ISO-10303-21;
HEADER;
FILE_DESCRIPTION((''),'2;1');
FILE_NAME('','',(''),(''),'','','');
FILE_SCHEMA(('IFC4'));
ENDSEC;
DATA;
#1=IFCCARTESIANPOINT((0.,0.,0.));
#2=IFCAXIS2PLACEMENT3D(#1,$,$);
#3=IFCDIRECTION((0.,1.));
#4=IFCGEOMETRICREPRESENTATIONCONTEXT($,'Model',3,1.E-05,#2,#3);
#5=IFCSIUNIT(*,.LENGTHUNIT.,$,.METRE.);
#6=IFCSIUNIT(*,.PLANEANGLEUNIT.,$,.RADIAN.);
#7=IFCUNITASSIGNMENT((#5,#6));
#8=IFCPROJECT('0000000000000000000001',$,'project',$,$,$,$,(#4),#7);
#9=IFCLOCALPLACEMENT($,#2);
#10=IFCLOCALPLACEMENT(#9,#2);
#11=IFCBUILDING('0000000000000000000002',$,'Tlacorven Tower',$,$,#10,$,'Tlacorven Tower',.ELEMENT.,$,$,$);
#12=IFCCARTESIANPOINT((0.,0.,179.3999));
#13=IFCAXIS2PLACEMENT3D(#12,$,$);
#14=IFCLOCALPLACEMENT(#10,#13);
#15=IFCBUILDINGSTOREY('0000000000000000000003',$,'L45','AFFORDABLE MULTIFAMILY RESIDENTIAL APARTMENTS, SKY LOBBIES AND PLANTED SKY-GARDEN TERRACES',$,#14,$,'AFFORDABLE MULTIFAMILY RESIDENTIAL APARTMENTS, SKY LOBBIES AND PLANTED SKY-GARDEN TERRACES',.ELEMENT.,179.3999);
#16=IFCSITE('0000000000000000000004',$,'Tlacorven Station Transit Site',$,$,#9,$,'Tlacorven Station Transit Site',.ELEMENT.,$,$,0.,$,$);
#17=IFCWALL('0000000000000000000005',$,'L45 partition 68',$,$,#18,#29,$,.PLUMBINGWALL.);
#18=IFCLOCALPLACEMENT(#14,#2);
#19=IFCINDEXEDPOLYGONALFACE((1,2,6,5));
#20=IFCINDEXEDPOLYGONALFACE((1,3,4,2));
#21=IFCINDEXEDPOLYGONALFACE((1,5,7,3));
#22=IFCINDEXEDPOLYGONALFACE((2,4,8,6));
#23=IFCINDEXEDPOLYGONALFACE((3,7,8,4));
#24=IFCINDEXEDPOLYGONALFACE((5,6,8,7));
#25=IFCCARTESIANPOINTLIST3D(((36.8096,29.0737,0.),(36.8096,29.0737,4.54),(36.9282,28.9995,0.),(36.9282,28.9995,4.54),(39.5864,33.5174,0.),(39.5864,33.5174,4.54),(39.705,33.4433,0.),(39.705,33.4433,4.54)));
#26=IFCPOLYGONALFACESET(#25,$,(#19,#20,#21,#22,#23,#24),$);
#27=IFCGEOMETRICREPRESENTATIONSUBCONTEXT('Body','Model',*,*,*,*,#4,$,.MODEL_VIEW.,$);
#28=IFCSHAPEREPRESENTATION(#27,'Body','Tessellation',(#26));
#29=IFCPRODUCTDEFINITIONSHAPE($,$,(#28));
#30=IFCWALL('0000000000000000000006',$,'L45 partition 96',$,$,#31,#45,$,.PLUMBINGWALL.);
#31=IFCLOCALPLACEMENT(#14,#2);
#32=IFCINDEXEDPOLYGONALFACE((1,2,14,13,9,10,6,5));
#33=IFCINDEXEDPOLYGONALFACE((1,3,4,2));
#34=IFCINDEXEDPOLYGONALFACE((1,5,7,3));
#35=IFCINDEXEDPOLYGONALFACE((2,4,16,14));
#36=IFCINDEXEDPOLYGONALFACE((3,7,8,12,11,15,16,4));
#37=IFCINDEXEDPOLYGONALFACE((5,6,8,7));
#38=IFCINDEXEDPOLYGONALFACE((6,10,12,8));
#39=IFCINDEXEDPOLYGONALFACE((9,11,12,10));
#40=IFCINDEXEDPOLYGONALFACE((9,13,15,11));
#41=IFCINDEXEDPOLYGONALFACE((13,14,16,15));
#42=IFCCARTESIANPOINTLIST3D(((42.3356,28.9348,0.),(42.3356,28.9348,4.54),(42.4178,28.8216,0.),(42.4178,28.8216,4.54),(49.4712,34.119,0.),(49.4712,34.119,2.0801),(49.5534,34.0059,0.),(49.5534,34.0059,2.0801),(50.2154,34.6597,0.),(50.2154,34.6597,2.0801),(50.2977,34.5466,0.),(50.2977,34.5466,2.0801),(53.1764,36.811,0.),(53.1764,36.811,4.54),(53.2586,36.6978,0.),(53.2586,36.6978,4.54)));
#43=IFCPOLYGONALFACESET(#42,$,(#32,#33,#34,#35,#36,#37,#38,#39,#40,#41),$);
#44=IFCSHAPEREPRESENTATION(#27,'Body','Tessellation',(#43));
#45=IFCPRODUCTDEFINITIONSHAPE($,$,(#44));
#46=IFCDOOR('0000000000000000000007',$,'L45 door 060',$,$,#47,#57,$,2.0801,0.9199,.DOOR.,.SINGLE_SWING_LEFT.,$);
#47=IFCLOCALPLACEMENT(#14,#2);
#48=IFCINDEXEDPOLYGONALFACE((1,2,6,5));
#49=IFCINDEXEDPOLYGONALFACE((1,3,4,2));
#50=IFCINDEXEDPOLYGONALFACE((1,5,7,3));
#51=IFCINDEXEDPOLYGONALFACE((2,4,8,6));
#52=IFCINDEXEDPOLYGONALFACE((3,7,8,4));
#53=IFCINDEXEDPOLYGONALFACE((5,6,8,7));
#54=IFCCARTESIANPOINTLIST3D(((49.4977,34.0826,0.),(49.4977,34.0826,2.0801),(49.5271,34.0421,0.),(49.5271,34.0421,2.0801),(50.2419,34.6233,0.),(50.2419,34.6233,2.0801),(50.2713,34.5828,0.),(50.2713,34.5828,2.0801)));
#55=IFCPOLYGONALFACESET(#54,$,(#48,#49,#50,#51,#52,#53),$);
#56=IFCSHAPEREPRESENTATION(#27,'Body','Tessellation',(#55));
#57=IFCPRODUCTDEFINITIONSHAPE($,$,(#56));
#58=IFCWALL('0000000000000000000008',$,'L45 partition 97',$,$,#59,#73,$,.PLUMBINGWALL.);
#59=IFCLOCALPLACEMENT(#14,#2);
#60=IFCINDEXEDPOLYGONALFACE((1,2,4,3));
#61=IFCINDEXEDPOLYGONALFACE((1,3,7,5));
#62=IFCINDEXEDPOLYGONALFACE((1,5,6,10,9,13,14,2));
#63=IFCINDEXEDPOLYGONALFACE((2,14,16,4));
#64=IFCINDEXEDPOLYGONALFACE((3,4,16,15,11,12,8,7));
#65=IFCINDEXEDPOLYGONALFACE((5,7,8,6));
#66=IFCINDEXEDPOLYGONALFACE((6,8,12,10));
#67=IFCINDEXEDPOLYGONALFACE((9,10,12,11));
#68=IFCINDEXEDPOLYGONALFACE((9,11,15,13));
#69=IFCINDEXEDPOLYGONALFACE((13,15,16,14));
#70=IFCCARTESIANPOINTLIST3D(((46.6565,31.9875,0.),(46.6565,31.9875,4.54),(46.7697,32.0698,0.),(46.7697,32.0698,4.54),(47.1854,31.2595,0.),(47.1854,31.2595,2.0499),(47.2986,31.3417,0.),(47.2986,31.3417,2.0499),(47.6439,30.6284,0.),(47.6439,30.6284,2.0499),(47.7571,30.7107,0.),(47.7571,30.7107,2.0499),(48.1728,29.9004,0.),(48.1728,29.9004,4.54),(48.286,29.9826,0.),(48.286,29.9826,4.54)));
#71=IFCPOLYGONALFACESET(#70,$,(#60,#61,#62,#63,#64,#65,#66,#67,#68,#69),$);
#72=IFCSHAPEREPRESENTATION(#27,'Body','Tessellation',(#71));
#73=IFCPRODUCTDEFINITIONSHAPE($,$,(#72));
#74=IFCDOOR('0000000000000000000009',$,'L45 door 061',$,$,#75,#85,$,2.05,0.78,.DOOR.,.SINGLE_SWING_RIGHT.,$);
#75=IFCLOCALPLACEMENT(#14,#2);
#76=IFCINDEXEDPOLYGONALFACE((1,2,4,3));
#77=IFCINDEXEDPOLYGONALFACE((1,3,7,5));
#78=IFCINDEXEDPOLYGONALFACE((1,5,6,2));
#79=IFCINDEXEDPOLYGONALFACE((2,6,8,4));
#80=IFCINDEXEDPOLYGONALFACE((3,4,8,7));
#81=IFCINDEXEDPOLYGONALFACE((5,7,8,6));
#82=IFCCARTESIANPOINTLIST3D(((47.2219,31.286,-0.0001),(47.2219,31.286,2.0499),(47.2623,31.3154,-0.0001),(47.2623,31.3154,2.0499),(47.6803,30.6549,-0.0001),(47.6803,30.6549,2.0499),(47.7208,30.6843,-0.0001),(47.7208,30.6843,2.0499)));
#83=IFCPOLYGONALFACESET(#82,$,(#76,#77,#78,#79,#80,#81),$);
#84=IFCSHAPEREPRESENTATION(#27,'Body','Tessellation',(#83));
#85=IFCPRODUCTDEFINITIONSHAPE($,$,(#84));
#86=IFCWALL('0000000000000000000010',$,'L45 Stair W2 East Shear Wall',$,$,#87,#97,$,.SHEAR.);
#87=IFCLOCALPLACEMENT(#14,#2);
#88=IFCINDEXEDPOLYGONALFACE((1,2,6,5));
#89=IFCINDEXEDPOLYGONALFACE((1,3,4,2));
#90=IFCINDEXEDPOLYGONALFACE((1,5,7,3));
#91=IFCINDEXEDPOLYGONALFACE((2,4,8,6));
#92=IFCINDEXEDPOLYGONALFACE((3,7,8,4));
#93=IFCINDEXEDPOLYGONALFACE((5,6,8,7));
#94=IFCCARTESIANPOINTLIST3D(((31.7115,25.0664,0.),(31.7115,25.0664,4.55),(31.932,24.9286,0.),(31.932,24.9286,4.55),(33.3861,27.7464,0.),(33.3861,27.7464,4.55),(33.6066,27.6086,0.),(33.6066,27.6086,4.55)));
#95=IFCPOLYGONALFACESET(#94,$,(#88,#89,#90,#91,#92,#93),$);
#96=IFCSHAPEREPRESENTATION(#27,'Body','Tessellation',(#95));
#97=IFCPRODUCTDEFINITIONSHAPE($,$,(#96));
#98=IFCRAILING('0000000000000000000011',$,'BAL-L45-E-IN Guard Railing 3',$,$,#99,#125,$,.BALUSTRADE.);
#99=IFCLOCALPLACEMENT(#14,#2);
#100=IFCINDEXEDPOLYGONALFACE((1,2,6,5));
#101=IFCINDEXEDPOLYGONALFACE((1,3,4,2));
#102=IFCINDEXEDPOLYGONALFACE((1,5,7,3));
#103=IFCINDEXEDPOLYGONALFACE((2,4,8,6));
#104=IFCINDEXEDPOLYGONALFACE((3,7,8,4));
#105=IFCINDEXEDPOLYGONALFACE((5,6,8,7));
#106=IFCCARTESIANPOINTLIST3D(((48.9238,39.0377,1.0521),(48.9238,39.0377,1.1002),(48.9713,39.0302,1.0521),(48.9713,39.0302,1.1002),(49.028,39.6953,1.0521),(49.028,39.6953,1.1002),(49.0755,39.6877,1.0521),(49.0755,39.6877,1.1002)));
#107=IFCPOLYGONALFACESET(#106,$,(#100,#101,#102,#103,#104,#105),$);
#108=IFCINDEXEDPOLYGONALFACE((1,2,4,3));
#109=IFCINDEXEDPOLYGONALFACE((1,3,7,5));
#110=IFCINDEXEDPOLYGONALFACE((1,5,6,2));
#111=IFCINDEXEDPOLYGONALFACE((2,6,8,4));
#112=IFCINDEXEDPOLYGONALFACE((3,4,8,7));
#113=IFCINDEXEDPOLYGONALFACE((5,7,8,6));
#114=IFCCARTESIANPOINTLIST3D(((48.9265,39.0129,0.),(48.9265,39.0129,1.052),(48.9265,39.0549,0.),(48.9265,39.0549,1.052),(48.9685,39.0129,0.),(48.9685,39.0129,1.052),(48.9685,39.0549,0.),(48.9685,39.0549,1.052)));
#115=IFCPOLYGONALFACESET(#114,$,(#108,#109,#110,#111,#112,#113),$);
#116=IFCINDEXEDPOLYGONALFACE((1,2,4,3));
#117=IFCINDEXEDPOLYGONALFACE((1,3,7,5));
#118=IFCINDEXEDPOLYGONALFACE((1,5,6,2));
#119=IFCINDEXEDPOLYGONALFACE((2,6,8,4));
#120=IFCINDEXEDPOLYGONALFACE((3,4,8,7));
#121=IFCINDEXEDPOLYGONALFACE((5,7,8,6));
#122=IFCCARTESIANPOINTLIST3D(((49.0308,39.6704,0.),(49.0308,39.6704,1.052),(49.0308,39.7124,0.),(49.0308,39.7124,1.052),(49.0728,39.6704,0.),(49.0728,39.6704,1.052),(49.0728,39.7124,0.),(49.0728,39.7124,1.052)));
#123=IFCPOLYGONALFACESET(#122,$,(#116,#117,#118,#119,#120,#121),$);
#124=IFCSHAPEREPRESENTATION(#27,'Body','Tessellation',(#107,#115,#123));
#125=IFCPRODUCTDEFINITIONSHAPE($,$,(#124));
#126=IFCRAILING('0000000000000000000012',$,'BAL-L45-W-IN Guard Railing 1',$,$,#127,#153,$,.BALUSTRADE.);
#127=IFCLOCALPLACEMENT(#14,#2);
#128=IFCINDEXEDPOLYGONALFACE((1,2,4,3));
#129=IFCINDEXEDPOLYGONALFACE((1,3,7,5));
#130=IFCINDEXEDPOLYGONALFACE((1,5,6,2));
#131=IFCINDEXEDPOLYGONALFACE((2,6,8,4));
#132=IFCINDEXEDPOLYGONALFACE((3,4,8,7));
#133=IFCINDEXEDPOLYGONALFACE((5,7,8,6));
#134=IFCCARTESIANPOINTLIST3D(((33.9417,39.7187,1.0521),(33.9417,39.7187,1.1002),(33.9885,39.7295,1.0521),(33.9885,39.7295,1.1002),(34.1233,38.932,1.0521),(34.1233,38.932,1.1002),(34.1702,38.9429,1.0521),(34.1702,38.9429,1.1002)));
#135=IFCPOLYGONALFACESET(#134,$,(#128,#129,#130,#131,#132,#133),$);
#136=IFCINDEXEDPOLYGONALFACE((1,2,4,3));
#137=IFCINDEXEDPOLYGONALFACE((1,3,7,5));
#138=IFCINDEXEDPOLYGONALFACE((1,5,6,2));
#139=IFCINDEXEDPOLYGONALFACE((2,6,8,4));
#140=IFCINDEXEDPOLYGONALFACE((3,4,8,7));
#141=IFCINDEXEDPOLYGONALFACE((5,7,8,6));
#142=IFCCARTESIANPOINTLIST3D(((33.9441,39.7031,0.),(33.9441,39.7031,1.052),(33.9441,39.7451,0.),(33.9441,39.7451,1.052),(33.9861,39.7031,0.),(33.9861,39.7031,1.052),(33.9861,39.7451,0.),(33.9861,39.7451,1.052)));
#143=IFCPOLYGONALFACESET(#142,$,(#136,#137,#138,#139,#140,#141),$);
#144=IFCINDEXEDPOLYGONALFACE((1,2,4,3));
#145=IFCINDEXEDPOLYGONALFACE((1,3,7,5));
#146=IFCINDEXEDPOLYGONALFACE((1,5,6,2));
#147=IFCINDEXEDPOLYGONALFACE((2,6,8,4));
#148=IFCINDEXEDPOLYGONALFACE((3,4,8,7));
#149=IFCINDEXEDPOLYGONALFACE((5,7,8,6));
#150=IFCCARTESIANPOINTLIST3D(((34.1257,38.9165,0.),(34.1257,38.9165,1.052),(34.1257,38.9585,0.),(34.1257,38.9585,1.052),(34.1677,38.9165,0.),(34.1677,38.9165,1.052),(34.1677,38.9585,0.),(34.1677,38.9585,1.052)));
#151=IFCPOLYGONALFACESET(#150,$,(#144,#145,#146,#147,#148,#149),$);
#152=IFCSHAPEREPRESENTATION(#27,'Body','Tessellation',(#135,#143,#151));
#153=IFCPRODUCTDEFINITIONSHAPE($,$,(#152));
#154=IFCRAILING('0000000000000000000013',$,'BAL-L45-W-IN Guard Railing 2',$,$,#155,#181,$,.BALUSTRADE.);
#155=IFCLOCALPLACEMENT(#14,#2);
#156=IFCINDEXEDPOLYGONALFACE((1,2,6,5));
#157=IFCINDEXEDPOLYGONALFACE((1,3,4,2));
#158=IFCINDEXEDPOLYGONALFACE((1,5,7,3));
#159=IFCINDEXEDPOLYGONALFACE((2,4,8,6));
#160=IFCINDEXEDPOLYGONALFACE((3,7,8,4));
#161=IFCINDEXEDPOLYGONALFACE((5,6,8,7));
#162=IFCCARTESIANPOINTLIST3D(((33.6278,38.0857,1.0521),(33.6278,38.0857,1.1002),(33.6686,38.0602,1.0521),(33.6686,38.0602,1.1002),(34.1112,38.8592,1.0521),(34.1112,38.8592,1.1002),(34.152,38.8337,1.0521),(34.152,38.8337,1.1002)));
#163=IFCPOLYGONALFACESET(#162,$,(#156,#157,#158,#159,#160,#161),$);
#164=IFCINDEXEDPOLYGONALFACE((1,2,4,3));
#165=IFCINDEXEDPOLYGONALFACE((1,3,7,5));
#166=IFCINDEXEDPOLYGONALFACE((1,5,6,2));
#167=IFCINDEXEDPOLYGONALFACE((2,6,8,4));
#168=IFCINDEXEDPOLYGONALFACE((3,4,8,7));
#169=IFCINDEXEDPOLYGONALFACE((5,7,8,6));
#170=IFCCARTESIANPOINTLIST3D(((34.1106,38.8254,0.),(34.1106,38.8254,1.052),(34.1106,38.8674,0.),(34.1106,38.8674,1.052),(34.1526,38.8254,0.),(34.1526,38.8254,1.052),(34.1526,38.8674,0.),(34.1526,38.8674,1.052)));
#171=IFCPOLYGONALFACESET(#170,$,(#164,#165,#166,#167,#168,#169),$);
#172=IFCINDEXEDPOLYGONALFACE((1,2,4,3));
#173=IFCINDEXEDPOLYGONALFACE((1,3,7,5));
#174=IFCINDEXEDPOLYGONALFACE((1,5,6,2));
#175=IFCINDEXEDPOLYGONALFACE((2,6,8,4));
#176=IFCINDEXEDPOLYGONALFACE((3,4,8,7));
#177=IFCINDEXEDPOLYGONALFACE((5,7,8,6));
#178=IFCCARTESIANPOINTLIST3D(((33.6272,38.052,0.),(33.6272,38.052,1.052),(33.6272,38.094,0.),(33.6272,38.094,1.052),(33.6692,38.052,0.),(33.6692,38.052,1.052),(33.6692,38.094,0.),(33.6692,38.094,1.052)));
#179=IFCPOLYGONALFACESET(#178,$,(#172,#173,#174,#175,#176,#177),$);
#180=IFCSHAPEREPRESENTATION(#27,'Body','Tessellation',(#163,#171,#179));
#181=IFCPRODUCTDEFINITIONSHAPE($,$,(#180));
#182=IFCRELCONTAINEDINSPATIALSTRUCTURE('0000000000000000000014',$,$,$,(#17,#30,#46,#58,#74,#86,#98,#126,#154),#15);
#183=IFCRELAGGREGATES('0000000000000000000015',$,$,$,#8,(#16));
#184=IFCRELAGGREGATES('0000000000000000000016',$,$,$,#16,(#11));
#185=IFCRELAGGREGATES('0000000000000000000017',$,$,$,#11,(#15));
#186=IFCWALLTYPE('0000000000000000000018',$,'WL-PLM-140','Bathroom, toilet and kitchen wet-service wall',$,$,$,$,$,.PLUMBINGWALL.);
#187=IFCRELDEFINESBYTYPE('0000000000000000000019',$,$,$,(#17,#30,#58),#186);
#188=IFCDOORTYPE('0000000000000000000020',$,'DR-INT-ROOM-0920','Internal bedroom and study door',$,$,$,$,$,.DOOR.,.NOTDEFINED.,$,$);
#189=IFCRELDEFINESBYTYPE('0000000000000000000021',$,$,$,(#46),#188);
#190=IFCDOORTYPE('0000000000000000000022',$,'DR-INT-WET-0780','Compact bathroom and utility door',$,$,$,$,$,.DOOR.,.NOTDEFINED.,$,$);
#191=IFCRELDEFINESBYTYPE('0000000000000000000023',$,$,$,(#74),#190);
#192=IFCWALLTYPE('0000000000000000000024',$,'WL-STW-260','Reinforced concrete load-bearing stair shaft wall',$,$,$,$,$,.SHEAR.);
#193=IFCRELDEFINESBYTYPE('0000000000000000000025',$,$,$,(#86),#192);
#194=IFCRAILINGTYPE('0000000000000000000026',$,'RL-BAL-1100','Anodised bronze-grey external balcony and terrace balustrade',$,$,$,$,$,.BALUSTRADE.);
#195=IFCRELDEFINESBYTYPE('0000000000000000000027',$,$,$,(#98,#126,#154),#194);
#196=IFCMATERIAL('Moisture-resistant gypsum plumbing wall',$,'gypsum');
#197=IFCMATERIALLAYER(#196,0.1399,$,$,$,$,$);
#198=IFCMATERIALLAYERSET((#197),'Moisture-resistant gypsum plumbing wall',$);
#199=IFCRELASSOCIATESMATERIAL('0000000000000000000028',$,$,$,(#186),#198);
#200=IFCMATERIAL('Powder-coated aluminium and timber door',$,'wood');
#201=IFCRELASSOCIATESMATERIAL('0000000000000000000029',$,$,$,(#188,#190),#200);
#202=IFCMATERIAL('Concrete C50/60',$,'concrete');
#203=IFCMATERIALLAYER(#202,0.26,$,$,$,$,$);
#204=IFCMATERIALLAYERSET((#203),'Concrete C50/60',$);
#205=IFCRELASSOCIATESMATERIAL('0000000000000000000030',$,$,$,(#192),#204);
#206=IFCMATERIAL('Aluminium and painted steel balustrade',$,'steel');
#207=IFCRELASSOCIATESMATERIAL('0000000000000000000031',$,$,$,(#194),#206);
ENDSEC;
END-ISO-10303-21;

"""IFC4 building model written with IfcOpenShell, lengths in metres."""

from ifc_helpers import new_model, si_unit, direction, frame, frame_2d, origin, origin_2d, place, context, subcontext, project, spatial, rectangle, extrude, source, transform, mapped, material, layer, layer_set, type_object, element, fill, save


model = new_model("IFC4")

# Units and contexts
model_context = context("Model", 3, precision=1e-05, world=origin(), true_north=direction((0.0, 1.0)))
body_context = subcontext(model_context, "Body", "Model", "MODEL_VIEW")
ifc_project = project(units=[si_unit("LENGTHUNIT", "METRE"), si_unit("PLANEANGLEUNIT", "RADIAN")], contexts=[model_context])

# Site, building, storey
site_placement = place(None, origin())
site = spatial("IfcSite", under=ifc_project, at=site_placement, Name="Tlacorven Station Transit Site", LongName="Tlacorven Station Transit Site", CompositionType="ELEMENT", RefElevation=0.0)
building_placement = place(site_placement, origin())
building = spatial("IfcBuilding", under=site, at=building_placement, Name="Tlacorven Tower", LongName="Tlacorven Tower", CompositionType="ELEMENT")
storey_placement = place(building_placement, frame((0.0, 0.0, 179.3999)))
storey = spatial("IfcBuildingStorey", under=building, at=storey_placement, Name="L45", Description="AFFORDABLE MULTIFAMILY RESIDENTIAL APARTMENTS, SKY LOBBIES AND PLANTED SKY-GARDEN TERRACES", LongName="AFFORDABLE MULTIFAMILY RESIDENTIAL APARTMENTS, SKY LOBBIES AND PLANTED SKY-GARDEN TERRACES", CompositionType="ELEMENT", Elevation=179.3999)

# Shared definitions
ifc_material_1 = material(Name="Powder-coated aluminium and timber door", Category="wood")

# Shared definitions
ifc_material_2 = material(Name="Moisture-resistant gypsum plumbing wall", Category="gypsum")
ifc_layer_1 = layer(ifc_material_2, 0.1399)
ifc_layer_set_1 = layer_set([ifc_layer_1], Name="Moisture-resistant gypsum plumbing wall")
wall_type_1 = type_object("IfcWallType", Name="WL-PLM-140", Description="Bathroom, toilet and kitchen wet-service wall", PredefinedType="PLUMBINGWALL", material=ifc_layer_set_1)

# Wall
wall_1_placement = place(storey_placement, frame((39.6458, 33.4805, 0.0), z_axis=(0.0, 0.0, 1.0), x_axis=(-0.529924, -0.848045, 0.0)))
element("IfcWall", 1, at=wall_1_placement, inside=storey, type_object=wall_type_1, Name="L45 partition 68", PredefinedType="PLUMBINGWALL", context=body_context, shape_type="SweptSolid", body=[
    extrude(rectangle(XDim=5.24, YDim=0.1399, at=frame_2d((2.6201, 0.0))), origin(), (0.0, 0.0, 1.0), 4.54),
])

# Walls, openings, doors
wall_2_placement = place(storey_placement, frame((42.3767, 28.8782, 0.0), z_axis=(0.0, 0.0, 1.0), x_axis=(0.80902, 0.587781, 0.0)))
wall_2 = element("IfcWall", 2, at=wall_2_placement, inside=storey, type_object=wall_type_1, Name="L45 partition 96", PredefinedType="PLUMBINGWALL", context=body_context, shape_type="SweptSolid", body=[
    extrude(rectangle(XDim=13.3999, YDim=0.1399, at=frame_2d((6.7, 0.0))), origin(), (0.0, 0.0, 1.0), 4.54),
])
opening_1_placement = place(wall_2_placement, frame((8.8201, 0.0, 0.0)))
opening_1 = element("IfcOpeningElement", 3, at=opening_1_placement, cuts=wall_2, PredefinedType="OPENING", context=body_context, shape_type="SweptSolid", body=[
    extrude(rectangle(XDim=0.9199, YDim=2.0801, at=frame_2d((0.46, 1.04))), frame((0.0, 0.0801, 0.0), z_axis=(0.0, -1.0, 0.0), x_axis=(1.0, 0.0, 0.0)), (0.0, 0.0, 1.0), 0.1599),
])
door_type_1 = type_object("IfcDoorType", Name="DR-INT-ROOM-0920", Description="Internal bedroom and study door", OperationType="NOTDEFINED", PredefinedType="DOOR", material=ifc_material_1)
shared_shape_1 = source(origin(), body_context, "Body", "SweptSolid", [
    extrude(rectangle(XDim=0.9199, YDim=2.0801, at=frame_2d((0.46, 1.04))), frame((0.0, 0.0249, 0.0), z_axis=(0.0, -1.0, 0.0), x_axis=(1.0, 0.0, 0.0)), (0.0, 0.0, 1.0), 0.05),
])
door_1_placement = place(opening_1_placement, origin())
door_1 = element("IfcDoor", 4, at=door_1_placement, inside=storey, type_object=door_type_1, Name="L45 door 060", OperationType="SINGLE_SWING_LEFT", OverallHeight=2.0801, OverallWidth=0.9199, PredefinedType="DOOR", context=body_context, shape_type="MappedRepresentation", body=[
    mapped(shared_shape_1, transform((0.0, 0.0, 0.0), scale=1.0)),
])
fill(opening_1, door_1)
wall_3_placement = place(storey_placement, frame((48.2295, 29.9414, 0.0), z_axis=(0.0, 0.0, 1.0), x_axis=(-0.587772, 0.809027, 0.0)))
wall_3 = element("IfcWall", 5, at=wall_3_placement, inside=storey, type_object=wall_type_1, Name="L45 partition 97", PredefinedType="PLUMBINGWALL", context=body_context, shape_type="SweptSolid", body=[
    extrude(rectangle(XDim=2.5798, YDim=0.1399, at=frame_2d((1.29, 0.0))), origin(), (0.0, 0.0, 1.0), 4.54),
])
opening_2_placement = place(wall_3_placement, frame((0.8999, 0.0, 0.0)))
opening_2 = element("IfcOpeningElement", 6, at=opening_2_placement, cuts=wall_3, PredefinedType="OPENING", context=body_context, shape_type="SweptSolid", body=[
    extrude(rectangle(XDim=0.78, YDim=2.05, at=frame_2d((0.3901, 1.0249))), frame((0.0, 0.0801, 0.0), z_axis=(0.0, -1.0, 0.0), x_axis=(1.0, 0.0, 0.0)), (0.0, 0.0, 1.0), 0.1599),
])
door_type_2 = type_object("IfcDoorType", Name="DR-INT-WET-0780", Description="Compact bathroom and utility door", OperationType="NOTDEFINED", PredefinedType="DOOR", material=ifc_material_1)
shared_shape_2 = source(origin(), body_context, "Body", "SweptSolid", [
    extrude(rectangle(XDim=0.78, YDim=2.05, at=frame_2d((0.3901, 1.0249))), frame((0.0, 0.0249, 0.0), z_axis=(0.0, -1.0, 0.0), x_axis=(1.0, 0.0, 0.0)), (0.0, 0.0, 1.0), 0.05),
])
door_2_placement = place(opening_2_placement, origin())
door_2 = element("IfcDoor", 7, at=door_2_placement, inside=storey, type_object=door_type_2, Name="L45 door 061", OperationType="SINGLE_SWING_RIGHT", OverallHeight=2.05, OverallWidth=0.78, PredefinedType="DOOR", context=body_context, shape_type="MappedRepresentation", body=[
    mapped(shared_shape_2, transform((0.0, 0.0, 0.0), scale=1.0)),
])
fill(opening_2, door_2)

# Wall
ifc_material_3 = material(Name="Concrete C50/60", Category="concrete")
ifc_layer_2 = layer(ifc_material_3, 0.26)
ifc_layer_set_2 = layer_set([ifc_layer_2], Name="Concrete C50/60")
wall_type_2 = type_object("IfcWallType", Name="WL-STW-260", Description="Reinforced concrete load-bearing stair shaft wall", PredefinedType="SHEAR", material=ifc_layer_set_2)
wall_4_placement = place(storey_placement, frame((33.4963, 27.6775, 0.0), z_axis=(0.0, 0.0, 1.0), x_axis=(-0.529909, -0.848055, 0.0)))
element("IfcWall", 8, at=wall_4_placement, inside=storey, type_object=wall_type_2, Name="L45 Stair W2 East Shear Wall", PredefinedType="SHEAR", context=body_context, shape_type="SweptSolid", body=[
    extrude(rectangle(XDim=3.1602, YDim=0.26, at=frame_2d((1.5801, 0.0))), origin(), (0.0, 0.0, 1.0), 4.55),
])

# Railings
ifc_material_4 = material(Name="Aluminium and painted steel balustrade", Category="steel")
railing_type = type_object("IfcRailingType", Name="RL-BAL-1100", Description="Anodised bronze-grey external balcony and terrace balustrade", PredefinedType="BALUSTRADE", material=ifc_material_4)
shared_shape_3 = source(origin(), body_context, "Body", "SweptSolid", [
    extrude(rectangle(XDim=0.0481, YDim=0.0481, at=origin_2d()), frame((0.0, 0.0, 1.0762), z_axis=(0.156603, 0.987662, 0.0), x_axis=(-0.987662, 0.156603, 0.0)), (0.0, 0.0, 1.0), 0.6658),
    extrude(rectangle(XDim=0.042, YDim=0.042, at=origin_2d()), origin(), (0.0, 0.0, 1.0), 1.052),
    extrude(rectangle(XDim=0.042, YDim=0.042, at=origin_2d()), frame((0.1042, 0.6575, 0.0)), (0.0, 0.0, 1.0), 1.052),
])
railing_1_placement = place(storey_placement, frame((48.9475, 39.0339, 0.0)))
element("IfcRailing", 9, at=railing_1_placement, inside=storey, type_object=railing_type, Name="BAL-L45-E-IN Guard Railing 3", PredefinedType="BALUSTRADE", context=body_context, shape_type="MappedRepresentation", body=[
    mapped(shared_shape_3, transform((0.0, 0.0, 0.0), scale=1.0)),
])
shared_shape_4 = source(origin(), body_context, "Body", "SweptSolid", [
    extrude(rectangle(XDim=0.0481, YDim=0.0481, at=origin_2d()), frame((0.0, 0.0, 1.0762), z_axis=(0.224992, -0.974361, 0.0), x_axis=(0.974361, 0.224992, 0.0)), (0.0, 0.0, 1.0), 0.8074),
    extrude(rectangle(XDim=0.042, YDim=0.042, at=origin_2d()), origin(), (0.0, 0.0, 1.0), 1.052),
    extrude(rectangle(XDim=0.042, YDim=0.042, at=origin_2d()), frame((0.1816, -0.7866, 0.0)), (0.0, 0.0, 1.0), 1.052),
])
railing_2_placement = place(storey_placement, frame((33.9651, 39.7241, 0.0)))
element("IfcRailing", 10, at=railing_2_placement, inside=storey, type_object=railing_type, Name="BAL-L45-W-IN Guard Railing 1", PredefinedType="BALUSTRADE", context=body_context, shape_type="MappedRepresentation", body=[
    mapped(shared_shape_4, transform((0.0, 0.0, 0.0), scale=1.0)),
])
shared_shape_5 = source(origin(), body_context, "Body", "SweptSolid", [
    extrude(rectangle(XDim=0.0481, YDim=0.0481, at=origin_2d()), frame((0.0, 0.0, 1.0762), z_axis=(-0.529999, -0.847998, 0.0), x_axis=(0.847998, -0.529999, 0.0)), (0.0, 0.0, 1.0), 0.9121),
    extrude(rectangle(XDim=0.042, YDim=0.042, at=origin_2d()), origin(), (0.0, 0.0, 1.0), 1.052),
    extrude(rectangle(XDim=0.042, YDim=0.042, at=origin_2d()), frame((-0.4834, -0.7734, 0.0)), (0.0, 0.0, 1.0), 1.052),
])
railing_3_placement = place(storey_placement, frame((34.1316, 38.8464, 0.0)))
element("IfcRailing", 11, at=railing_3_placement, inside=storey, type_object=railing_type, Name="BAL-L45-W-IN Guard Railing 2", PredefinedType="BALUSTRADE", context=body_context, shape_type="MappedRepresentation", body=[
    mapped(shared_shape_5, transform((0.0, 0.0, 0.0), scale=1.0)),
])

save(model, "model.ifc")
